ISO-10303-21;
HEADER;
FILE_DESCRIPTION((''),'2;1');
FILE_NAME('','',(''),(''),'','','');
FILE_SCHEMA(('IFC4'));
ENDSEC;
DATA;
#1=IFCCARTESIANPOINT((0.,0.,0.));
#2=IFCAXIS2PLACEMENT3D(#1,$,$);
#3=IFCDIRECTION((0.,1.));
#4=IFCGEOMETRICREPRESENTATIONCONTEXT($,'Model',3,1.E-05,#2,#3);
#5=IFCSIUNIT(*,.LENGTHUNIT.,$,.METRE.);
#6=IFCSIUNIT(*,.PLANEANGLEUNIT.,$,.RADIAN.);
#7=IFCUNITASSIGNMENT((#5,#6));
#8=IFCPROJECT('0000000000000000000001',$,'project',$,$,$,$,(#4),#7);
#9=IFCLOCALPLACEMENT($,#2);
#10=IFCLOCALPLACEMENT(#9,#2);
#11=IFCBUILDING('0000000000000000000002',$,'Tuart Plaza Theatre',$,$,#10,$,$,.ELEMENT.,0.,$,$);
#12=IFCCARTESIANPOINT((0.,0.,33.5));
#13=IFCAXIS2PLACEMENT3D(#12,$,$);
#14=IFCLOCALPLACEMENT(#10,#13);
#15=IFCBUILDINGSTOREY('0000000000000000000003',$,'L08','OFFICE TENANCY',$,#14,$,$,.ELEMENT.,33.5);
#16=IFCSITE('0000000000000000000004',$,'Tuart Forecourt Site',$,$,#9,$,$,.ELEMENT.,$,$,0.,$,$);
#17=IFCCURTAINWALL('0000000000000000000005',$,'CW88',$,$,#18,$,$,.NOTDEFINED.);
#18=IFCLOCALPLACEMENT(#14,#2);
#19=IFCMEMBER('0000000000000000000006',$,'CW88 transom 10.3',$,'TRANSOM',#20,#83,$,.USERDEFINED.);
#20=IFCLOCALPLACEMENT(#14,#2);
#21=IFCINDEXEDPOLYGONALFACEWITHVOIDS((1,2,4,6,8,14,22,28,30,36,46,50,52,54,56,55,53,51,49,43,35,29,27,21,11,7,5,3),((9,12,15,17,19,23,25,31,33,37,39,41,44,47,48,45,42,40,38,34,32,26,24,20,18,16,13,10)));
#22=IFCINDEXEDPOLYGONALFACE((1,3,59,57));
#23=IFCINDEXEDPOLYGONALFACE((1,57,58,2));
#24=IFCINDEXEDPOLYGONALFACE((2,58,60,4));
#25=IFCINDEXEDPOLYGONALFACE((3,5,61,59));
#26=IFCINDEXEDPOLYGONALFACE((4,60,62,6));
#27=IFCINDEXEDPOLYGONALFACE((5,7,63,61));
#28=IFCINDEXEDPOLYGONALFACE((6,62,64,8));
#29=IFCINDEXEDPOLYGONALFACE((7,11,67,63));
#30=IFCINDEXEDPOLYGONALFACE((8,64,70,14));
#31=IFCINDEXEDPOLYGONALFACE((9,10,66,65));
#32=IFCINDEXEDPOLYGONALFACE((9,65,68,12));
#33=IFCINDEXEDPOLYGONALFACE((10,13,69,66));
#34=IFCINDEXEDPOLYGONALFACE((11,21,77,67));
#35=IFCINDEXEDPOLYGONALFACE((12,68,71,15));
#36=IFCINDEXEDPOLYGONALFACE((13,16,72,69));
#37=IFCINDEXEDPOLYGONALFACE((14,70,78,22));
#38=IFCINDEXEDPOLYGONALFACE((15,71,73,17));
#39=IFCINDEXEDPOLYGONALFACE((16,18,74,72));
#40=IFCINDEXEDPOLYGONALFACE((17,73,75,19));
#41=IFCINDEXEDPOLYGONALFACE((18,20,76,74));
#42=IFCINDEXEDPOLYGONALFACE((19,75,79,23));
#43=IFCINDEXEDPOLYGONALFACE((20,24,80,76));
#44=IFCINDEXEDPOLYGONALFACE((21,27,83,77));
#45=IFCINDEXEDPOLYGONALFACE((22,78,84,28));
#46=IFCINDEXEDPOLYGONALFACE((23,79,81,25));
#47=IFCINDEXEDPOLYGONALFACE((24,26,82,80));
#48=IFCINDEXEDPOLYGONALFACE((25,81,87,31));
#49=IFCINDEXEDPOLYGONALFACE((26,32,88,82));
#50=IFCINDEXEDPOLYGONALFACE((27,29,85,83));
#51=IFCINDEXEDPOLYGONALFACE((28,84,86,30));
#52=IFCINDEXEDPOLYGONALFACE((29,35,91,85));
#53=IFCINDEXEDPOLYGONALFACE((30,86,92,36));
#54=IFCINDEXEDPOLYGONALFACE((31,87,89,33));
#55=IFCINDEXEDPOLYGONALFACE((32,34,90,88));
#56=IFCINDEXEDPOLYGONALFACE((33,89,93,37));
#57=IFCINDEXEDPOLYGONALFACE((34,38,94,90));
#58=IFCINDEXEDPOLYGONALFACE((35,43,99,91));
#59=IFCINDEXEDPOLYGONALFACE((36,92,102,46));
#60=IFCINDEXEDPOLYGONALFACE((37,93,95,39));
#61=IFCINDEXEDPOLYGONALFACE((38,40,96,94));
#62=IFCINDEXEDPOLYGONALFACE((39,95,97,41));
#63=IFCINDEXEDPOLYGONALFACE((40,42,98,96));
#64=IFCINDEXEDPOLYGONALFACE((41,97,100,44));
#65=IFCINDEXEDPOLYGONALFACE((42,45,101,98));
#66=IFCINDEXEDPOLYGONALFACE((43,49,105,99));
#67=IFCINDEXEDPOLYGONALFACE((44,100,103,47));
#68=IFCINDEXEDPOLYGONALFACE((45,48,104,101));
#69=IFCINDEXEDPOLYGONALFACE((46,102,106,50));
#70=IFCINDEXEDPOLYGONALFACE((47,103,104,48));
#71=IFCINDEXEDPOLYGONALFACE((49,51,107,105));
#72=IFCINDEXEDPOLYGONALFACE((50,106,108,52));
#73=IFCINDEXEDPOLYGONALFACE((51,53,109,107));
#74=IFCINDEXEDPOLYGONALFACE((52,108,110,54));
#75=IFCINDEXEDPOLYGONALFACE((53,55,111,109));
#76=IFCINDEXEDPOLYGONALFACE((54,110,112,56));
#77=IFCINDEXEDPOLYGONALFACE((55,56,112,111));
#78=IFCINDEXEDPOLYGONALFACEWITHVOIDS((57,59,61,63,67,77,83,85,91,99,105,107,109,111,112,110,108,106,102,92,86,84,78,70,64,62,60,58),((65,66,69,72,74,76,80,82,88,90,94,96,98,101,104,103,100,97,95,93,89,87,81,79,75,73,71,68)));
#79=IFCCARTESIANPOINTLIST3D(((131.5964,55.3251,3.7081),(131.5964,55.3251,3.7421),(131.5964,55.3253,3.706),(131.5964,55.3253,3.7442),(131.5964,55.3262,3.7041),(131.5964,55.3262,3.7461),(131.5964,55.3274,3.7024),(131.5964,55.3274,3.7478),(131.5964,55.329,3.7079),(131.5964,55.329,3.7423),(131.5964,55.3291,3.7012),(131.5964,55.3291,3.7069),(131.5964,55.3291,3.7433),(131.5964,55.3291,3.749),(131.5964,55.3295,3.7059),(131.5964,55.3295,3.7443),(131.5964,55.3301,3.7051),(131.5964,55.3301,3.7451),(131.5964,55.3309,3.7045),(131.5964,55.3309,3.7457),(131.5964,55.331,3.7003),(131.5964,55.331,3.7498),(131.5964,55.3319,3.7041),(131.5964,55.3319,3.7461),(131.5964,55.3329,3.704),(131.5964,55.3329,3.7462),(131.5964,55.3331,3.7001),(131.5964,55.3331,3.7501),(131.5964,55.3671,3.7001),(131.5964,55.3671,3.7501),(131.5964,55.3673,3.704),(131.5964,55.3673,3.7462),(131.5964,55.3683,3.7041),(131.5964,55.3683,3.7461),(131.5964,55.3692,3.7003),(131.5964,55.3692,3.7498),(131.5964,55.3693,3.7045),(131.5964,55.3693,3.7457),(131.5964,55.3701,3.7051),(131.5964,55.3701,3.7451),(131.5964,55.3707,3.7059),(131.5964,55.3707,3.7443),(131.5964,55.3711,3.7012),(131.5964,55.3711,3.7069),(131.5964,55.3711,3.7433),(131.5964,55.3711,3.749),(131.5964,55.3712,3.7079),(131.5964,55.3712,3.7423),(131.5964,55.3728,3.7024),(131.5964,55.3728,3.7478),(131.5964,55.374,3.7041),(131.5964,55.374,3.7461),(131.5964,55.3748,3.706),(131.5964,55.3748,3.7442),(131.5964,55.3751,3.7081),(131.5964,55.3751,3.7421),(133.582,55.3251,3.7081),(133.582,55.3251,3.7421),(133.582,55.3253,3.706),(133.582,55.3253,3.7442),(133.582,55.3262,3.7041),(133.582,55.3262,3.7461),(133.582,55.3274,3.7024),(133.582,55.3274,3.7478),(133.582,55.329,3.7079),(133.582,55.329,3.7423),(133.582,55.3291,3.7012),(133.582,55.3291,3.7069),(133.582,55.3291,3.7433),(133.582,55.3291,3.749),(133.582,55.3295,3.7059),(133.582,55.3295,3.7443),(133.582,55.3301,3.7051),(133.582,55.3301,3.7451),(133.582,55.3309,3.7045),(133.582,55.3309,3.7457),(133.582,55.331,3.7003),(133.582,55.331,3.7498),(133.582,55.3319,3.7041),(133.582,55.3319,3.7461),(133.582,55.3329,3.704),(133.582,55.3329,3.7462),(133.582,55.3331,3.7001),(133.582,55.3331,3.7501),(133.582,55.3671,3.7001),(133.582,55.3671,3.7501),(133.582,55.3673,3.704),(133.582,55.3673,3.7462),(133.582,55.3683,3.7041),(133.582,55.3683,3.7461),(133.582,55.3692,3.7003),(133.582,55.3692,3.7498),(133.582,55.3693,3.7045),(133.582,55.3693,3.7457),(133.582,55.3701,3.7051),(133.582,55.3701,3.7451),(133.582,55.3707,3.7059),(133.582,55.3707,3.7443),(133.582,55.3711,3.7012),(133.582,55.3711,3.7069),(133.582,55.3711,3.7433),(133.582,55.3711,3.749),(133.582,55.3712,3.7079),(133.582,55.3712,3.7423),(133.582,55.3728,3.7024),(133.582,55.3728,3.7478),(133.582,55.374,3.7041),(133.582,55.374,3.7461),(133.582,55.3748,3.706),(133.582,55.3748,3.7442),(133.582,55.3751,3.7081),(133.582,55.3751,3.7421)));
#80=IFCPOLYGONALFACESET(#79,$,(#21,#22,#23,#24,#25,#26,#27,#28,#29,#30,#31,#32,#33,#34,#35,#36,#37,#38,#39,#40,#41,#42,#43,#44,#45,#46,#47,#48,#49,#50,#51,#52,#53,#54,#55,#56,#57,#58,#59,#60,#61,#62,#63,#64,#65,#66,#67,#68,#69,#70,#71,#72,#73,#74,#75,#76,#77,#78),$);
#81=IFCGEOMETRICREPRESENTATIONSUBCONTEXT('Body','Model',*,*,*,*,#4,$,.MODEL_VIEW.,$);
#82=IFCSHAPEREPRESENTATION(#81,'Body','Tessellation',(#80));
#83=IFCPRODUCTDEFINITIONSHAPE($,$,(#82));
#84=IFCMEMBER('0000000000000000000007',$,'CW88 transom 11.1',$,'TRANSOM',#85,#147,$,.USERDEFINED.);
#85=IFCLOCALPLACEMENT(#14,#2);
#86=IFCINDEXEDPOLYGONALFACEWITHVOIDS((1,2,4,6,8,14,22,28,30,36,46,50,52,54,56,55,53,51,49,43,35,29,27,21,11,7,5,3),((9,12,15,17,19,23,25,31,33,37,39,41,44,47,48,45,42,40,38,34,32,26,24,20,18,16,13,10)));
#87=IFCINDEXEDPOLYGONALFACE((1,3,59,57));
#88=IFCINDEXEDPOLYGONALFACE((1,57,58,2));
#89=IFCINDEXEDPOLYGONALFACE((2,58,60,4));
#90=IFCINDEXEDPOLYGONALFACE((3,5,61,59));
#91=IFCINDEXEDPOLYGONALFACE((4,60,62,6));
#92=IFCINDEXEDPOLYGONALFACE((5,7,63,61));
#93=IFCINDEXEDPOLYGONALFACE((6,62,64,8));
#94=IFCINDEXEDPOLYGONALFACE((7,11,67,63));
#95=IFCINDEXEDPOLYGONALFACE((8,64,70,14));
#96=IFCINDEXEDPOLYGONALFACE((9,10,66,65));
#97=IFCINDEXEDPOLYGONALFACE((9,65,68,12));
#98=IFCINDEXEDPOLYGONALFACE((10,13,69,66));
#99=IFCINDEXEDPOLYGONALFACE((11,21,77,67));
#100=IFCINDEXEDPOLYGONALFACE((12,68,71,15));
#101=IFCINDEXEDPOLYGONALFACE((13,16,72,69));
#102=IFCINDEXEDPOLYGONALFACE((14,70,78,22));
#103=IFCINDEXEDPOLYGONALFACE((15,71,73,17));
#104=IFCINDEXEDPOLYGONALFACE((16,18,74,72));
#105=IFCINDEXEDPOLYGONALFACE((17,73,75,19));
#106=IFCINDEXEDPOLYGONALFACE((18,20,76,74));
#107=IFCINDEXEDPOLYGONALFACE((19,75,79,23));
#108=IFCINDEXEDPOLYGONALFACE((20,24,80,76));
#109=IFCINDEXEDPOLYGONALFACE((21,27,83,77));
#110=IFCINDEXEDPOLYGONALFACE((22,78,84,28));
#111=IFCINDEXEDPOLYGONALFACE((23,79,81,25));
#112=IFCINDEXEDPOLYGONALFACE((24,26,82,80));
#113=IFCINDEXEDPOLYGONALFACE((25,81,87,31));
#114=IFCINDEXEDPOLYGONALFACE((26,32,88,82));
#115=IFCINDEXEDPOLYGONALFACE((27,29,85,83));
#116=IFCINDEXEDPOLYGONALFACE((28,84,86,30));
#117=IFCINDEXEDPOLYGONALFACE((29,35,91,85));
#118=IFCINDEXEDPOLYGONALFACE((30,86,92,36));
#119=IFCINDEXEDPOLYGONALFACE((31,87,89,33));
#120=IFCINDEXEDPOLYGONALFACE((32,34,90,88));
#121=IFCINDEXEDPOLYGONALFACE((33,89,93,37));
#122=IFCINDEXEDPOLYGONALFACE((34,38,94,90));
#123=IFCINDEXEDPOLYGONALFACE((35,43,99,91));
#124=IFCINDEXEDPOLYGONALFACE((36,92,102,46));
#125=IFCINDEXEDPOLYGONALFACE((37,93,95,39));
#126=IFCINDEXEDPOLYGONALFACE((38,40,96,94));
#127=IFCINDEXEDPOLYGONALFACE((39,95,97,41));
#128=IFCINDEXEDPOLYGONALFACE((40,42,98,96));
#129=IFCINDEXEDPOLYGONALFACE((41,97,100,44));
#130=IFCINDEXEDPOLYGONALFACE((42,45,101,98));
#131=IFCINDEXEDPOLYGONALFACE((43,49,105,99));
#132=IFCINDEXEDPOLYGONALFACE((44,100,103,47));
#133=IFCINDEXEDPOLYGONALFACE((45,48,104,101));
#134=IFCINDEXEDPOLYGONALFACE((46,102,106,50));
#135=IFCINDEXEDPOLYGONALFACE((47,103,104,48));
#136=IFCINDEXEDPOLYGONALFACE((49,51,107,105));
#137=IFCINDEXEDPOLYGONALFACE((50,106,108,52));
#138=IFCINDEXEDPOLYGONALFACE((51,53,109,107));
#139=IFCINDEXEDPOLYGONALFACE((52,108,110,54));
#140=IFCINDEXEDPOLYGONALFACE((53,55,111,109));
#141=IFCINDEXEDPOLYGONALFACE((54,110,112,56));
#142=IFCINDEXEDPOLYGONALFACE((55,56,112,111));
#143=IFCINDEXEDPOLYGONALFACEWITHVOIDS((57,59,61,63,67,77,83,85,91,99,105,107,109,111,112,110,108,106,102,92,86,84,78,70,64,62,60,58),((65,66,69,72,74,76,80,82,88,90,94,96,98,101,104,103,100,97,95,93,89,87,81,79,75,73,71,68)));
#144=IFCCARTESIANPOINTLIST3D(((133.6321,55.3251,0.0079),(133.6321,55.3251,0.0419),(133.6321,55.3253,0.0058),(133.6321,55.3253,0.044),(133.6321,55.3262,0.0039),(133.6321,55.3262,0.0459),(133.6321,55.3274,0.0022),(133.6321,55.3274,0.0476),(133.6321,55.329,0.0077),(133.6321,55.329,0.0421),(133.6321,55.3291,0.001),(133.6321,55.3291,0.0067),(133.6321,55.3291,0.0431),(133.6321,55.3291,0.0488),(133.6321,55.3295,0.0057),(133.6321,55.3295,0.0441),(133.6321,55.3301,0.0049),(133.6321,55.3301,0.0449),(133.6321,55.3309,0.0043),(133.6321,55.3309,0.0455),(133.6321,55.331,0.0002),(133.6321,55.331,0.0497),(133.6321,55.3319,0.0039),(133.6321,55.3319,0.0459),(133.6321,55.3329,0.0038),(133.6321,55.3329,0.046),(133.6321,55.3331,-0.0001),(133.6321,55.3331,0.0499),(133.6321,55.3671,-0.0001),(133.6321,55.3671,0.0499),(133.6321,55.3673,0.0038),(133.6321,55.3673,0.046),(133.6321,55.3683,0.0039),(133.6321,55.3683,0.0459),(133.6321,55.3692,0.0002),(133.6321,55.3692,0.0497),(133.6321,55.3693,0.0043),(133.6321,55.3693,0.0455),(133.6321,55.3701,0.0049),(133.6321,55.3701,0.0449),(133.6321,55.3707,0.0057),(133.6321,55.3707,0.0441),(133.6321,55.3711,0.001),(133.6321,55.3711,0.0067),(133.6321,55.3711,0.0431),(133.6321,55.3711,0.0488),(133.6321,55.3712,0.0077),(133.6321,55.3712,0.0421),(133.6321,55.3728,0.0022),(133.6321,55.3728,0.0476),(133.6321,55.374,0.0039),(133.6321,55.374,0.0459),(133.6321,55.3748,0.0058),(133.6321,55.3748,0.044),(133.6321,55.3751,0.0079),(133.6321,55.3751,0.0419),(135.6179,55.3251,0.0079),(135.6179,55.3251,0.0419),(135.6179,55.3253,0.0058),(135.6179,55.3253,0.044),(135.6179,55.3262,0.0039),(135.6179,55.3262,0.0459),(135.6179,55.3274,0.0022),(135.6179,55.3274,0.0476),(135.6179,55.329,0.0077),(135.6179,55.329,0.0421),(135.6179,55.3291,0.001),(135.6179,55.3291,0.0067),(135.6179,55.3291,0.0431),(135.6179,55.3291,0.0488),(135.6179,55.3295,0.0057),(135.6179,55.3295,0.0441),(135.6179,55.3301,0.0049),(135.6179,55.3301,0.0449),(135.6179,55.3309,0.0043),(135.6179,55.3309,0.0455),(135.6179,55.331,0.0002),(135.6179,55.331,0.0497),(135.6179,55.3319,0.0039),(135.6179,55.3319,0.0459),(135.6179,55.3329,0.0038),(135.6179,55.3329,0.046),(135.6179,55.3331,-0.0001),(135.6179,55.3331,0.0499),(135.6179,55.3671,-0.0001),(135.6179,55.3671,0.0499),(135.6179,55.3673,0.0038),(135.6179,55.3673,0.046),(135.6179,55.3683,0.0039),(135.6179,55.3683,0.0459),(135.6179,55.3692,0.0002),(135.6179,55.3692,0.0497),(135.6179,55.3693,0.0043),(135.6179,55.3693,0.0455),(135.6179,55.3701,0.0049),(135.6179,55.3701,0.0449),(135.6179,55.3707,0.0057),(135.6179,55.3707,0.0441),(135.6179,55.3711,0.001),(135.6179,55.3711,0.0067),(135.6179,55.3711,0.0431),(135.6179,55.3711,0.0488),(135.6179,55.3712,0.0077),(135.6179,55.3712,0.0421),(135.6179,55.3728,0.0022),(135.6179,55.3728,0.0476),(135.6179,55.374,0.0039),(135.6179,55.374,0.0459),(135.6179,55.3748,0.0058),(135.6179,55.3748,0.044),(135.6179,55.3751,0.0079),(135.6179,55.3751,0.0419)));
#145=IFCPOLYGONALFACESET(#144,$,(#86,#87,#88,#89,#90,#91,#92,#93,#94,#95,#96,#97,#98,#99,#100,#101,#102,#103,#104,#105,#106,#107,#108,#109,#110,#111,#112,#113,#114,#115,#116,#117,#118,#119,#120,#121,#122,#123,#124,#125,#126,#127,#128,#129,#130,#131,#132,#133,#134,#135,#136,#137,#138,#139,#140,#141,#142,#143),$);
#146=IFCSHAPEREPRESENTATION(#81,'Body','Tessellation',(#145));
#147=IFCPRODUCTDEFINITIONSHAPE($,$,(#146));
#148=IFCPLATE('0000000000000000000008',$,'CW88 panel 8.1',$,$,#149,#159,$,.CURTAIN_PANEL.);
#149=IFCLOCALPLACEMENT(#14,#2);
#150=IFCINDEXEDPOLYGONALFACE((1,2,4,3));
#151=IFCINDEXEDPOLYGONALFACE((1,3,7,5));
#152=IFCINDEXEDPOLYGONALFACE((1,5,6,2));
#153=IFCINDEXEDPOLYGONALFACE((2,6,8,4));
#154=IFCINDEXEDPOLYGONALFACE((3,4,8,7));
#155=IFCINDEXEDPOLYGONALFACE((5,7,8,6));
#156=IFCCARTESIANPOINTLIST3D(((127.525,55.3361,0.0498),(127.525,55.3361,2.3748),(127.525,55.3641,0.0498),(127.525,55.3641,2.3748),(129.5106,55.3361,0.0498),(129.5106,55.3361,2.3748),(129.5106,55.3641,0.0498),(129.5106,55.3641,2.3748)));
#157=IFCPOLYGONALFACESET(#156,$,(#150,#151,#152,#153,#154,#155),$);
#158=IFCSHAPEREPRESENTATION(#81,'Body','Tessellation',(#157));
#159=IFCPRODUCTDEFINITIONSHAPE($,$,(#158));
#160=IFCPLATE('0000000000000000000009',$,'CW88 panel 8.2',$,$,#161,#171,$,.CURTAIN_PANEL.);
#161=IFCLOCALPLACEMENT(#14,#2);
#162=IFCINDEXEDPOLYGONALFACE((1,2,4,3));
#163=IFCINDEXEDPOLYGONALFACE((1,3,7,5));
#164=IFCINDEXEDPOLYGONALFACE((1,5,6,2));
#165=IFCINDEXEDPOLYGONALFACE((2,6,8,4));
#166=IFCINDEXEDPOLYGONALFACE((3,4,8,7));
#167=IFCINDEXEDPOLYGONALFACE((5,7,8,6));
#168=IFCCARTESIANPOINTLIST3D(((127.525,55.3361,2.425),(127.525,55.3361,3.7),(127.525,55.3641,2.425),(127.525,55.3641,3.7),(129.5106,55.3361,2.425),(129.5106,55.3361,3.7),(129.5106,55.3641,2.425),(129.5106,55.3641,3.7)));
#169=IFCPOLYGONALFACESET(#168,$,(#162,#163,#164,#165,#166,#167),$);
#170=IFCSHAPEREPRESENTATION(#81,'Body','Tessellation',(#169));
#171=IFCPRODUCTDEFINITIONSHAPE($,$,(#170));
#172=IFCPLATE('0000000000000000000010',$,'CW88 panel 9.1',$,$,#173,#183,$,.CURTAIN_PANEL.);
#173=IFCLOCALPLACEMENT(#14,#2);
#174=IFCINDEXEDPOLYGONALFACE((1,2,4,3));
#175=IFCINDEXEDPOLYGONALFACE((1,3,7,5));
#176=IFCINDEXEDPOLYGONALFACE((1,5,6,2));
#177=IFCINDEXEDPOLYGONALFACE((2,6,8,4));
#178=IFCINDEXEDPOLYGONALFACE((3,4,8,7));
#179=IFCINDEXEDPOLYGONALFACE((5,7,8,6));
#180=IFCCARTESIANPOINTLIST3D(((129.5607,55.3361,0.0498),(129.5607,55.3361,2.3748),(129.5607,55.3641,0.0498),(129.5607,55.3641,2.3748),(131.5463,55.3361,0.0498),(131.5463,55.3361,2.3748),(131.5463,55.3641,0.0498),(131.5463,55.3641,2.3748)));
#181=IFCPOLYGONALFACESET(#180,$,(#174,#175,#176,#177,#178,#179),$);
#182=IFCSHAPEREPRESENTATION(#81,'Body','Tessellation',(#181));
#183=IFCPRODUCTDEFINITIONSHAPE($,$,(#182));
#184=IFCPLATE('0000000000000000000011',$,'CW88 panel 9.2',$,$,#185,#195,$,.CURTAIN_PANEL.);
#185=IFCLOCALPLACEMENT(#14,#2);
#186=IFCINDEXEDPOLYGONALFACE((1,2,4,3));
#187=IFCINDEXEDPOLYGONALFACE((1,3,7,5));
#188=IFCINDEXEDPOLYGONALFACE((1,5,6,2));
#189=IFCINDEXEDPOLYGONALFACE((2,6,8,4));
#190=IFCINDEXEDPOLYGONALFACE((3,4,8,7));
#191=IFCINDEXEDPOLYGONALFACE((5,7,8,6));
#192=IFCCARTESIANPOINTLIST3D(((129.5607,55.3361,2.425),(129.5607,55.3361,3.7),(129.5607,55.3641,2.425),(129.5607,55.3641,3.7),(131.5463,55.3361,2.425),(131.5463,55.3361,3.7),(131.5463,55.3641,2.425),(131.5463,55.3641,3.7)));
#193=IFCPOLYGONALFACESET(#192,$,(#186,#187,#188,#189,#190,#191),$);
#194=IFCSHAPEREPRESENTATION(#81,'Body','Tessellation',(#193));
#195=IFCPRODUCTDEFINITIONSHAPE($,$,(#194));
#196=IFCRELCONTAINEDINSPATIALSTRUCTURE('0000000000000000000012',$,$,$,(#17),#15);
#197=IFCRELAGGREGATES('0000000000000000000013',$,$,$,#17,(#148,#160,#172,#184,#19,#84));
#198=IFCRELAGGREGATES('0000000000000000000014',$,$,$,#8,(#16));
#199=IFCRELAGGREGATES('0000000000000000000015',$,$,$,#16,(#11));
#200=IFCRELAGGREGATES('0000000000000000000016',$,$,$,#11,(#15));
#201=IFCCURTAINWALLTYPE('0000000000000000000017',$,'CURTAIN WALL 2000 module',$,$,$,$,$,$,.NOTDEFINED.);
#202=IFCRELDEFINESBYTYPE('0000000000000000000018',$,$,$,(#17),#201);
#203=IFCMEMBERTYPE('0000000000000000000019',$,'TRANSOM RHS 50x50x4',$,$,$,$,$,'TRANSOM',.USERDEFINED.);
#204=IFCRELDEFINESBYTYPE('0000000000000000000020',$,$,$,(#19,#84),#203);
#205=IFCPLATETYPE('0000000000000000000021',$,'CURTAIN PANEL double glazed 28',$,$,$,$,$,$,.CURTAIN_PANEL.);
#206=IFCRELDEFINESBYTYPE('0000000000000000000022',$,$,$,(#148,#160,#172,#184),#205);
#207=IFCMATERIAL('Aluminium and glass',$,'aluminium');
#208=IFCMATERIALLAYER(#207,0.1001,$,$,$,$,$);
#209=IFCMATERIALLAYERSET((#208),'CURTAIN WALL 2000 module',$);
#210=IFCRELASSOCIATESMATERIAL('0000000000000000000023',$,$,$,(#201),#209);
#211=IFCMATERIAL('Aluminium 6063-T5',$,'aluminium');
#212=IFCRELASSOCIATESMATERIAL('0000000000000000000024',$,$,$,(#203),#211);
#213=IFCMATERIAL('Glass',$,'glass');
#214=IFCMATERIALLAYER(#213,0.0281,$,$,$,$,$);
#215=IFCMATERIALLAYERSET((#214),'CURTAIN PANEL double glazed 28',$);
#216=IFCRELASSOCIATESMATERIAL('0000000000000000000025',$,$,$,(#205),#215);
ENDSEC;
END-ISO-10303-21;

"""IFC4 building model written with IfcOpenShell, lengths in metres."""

from ifc_helpers import new_model, si_unit, direction, frame, origin, origin_2d, place, context, subcontext, project, spatial, rectangle, hollow_rectangle, extrude, material, layer, layer_set, material_profile, profile_set, type_object, element, aggregate, save


model = new_model("IFC4")

# Units and contexts
model_context = context("Model", 3, precision=1e-05, world=origin(), true_north=direction((0.0, 1.0)))
body_context = subcontext(model_context, "Body", "Model", "MODEL_VIEW")
ifc_project = project(units=[si_unit("LENGTHUNIT", "METRE"), si_unit("PLANEANGLEUNIT", "RADIAN")], contexts=[model_context])

# Site, building, storey
site_placement = place(None, origin())
site = spatial("IfcSite", under=ifc_project, at=site_placement, Name="Tuart Forecourt Site", CompositionType="ELEMENT", RefElevation=0.0)
building_placement = place(site_placement, origin())
building = spatial("IfcBuilding", under=site, at=building_placement, Name="Tuart Plaza Theatre", CompositionType="ELEMENT", ElevationOfRefHeight=0.0)
storey_placement = place(building_placement, frame((0.0, 0.0, 33.5)))
storey = spatial("IfcBuildingStorey", under=building, at=storey_placement, Name="L08", Description="OFFICE TENANCY", CompositionType="ELEMENT", Elevation=33.5)

# Curtain wall, members, plates
ifc_material_1 = material(Name="Aluminium and glass", Category="aluminium")
ifc_layer_1 = layer(ifc_material_1, 0.1001)
ifc_layer_set_1 = layer_set([ifc_layer_1], Name="CURTAIN WALL 2000 module")
curtain_wall_type = type_object("IfcCurtainWallType", Name="CURTAIN WALL 2000 module", PredefinedType="NOTDEFINED", material=ifc_layer_set_1)
curtain_wall_placement = place(storey_placement, origin())
curtain_wall = element("IfcCurtainWall", 1, at=curtain_wall_placement, inside=storey, type_object=curtain_wall_type, Name="CW88", PredefinedType="NOTDEFINED")
ifc_material_2 = material(Name="Aluminium 6063-T5", Category="aluminium")
ifc_material_profile_1 = material_profile(ifc_material_2, hollow_rectangle(XDim=0.05, YDim=0.05, WallThickness=0.0039, InnerFilletRadius=0.0039, OuterFilletRadius=0.0081, at=origin_2d()), Name="RHS 50x50x4")
ifc_profile_set_1 = profile_set([ifc_material_profile_1], Name="Aluminium 6063-T5")
member_type_1 = type_object("IfcMemberType", Name="TRANSOM RHS 50x50x4", ElementType="TRANSOM", PredefinedType="USERDEFINED", material=ifc_profile_set_1)
member_1_placement = place(storey_placement, frame((131.5964, 55.3501, 3.7251), z_axis=(1.0, 0.0, 0.0), x_axis=(0.0, 1.0, 0.0)))
member_1 = element("IfcMember", 2, at=member_1_placement, type_object=member_type_1, Name="CW88 transom 10.3", ObjectType="TRANSOM", PredefinedType="USERDEFINED", context=body_context, shape_type="SweptSolid", body=[
    extrude(hollow_rectangle(XDim=0.05, YDim=0.05, WallThickness=0.0039, InnerFilletRadius=0.0039, OuterFilletRadius=0.0081, at=origin_2d()), origin(), (0.0, 0.0, 1.0), 1.9856),
])
member_2_placement = place(storey_placement, frame((133.6321, 55.3501, 0.0249), z_axis=(1.0, 0.0, 0.0), x_axis=(0.0, 1.0, 0.0)))
member_2 = element("IfcMember", 3, at=member_2_placement, type_object=member_type_1, Name="CW88 transom 11.1", ObjectType="TRANSOM", PredefinedType="USERDEFINED", context=body_context, shape_type="SweptSolid", body=[
    extrude(hollow_rectangle(XDim=0.05, YDim=0.05, WallThickness=0.0039, InnerFilletRadius=0.0039, OuterFilletRadius=0.0081, at=origin_2d()), origin(), (0.0, 0.0, 1.0), 1.9858),
])
ifc_material_3 = material(Name="Glass", Category="glass")
ifc_layer_2 = layer(ifc_material_3, 0.0281)
ifc_layer_set_2 = layer_set([ifc_layer_2], Name="CURTAIN PANEL double glazed 28")
plate_type = type_object("IfcPlateType", Name="CURTAIN PANEL double glazed 28", PredefinedType="CURTAIN_PANEL", material=ifc_layer_set_2)
plate_1_placement = place(storey_placement, frame((128.5178, 55.3501, 0.0498), z_axis=(0.0, 0.0, 1.0), x_axis=(1.0, 0.0, 0.0)))
plate_1 = element("IfcPlate", 4, at=plate_1_placement, type_object=plate_type, Name="CW88 panel 8.1", PredefinedType="CURTAIN_PANEL", context=body_context, shape_type="SweptSolid", body=[
    extrude(rectangle(XDim=1.9856, YDim=0.0281, at=origin_2d()), origin(), (0.0, 0.0, 1.0), 2.325),
])
plate_2_placement = place(storey_placement, frame((128.5178, 55.3501, 2.425), z_axis=(0.0, 0.0, 1.0), x_axis=(1.0, 0.0, 0.0)))
plate_2 = element("IfcPlate", 5, at=plate_2_placement, type_object=plate_type, Name="CW88 panel 8.2", PredefinedType="CURTAIN_PANEL", context=body_context, shape_type="SweptSolid", body=[
    extrude(rectangle(XDim=1.9856, YDim=0.0281, at=origin_2d()), origin(), (0.0, 0.0, 1.0), 1.2749),
])
plate_3_placement = place(storey_placement, frame((130.5535, 55.3501, 0.0498), z_axis=(0.0, 0.0, 1.0), x_axis=(1.0, 0.0, 0.0)))
plate_3 = element("IfcPlate", 6, at=plate_3_placement, type_object=plate_type, Name="CW88 panel 9.1", PredefinedType="CURTAIN_PANEL", context=body_context, shape_type="SweptSolid", body=[
    extrude(rectangle(XDim=1.9856, YDim=0.0281, at=origin_2d()), origin(), (0.0, 0.0, 1.0), 2.325),
])
plate_4_placement = place(storey_placement, frame((130.5535, 55.3501, 2.425), z_axis=(0.0, 0.0, 1.0), x_axis=(1.0, 0.0, 0.0)))
plate_4 = element("IfcPlate", 7, at=plate_4_placement, type_object=plate_type, Name="CW88 panel 9.2", PredefinedType="CURTAIN_PANEL", context=body_context, shape_type="SweptSolid", body=[
    extrude(rectangle(XDim=1.9856, YDim=0.0281, at=origin_2d()), origin(), (0.0, 0.0, 1.0), 1.2749),
])
aggregate(curtain_wall, [plate_1, plate_2, plate_3, plate_4, member_1, member_2])

save(model, "model.ifc")
